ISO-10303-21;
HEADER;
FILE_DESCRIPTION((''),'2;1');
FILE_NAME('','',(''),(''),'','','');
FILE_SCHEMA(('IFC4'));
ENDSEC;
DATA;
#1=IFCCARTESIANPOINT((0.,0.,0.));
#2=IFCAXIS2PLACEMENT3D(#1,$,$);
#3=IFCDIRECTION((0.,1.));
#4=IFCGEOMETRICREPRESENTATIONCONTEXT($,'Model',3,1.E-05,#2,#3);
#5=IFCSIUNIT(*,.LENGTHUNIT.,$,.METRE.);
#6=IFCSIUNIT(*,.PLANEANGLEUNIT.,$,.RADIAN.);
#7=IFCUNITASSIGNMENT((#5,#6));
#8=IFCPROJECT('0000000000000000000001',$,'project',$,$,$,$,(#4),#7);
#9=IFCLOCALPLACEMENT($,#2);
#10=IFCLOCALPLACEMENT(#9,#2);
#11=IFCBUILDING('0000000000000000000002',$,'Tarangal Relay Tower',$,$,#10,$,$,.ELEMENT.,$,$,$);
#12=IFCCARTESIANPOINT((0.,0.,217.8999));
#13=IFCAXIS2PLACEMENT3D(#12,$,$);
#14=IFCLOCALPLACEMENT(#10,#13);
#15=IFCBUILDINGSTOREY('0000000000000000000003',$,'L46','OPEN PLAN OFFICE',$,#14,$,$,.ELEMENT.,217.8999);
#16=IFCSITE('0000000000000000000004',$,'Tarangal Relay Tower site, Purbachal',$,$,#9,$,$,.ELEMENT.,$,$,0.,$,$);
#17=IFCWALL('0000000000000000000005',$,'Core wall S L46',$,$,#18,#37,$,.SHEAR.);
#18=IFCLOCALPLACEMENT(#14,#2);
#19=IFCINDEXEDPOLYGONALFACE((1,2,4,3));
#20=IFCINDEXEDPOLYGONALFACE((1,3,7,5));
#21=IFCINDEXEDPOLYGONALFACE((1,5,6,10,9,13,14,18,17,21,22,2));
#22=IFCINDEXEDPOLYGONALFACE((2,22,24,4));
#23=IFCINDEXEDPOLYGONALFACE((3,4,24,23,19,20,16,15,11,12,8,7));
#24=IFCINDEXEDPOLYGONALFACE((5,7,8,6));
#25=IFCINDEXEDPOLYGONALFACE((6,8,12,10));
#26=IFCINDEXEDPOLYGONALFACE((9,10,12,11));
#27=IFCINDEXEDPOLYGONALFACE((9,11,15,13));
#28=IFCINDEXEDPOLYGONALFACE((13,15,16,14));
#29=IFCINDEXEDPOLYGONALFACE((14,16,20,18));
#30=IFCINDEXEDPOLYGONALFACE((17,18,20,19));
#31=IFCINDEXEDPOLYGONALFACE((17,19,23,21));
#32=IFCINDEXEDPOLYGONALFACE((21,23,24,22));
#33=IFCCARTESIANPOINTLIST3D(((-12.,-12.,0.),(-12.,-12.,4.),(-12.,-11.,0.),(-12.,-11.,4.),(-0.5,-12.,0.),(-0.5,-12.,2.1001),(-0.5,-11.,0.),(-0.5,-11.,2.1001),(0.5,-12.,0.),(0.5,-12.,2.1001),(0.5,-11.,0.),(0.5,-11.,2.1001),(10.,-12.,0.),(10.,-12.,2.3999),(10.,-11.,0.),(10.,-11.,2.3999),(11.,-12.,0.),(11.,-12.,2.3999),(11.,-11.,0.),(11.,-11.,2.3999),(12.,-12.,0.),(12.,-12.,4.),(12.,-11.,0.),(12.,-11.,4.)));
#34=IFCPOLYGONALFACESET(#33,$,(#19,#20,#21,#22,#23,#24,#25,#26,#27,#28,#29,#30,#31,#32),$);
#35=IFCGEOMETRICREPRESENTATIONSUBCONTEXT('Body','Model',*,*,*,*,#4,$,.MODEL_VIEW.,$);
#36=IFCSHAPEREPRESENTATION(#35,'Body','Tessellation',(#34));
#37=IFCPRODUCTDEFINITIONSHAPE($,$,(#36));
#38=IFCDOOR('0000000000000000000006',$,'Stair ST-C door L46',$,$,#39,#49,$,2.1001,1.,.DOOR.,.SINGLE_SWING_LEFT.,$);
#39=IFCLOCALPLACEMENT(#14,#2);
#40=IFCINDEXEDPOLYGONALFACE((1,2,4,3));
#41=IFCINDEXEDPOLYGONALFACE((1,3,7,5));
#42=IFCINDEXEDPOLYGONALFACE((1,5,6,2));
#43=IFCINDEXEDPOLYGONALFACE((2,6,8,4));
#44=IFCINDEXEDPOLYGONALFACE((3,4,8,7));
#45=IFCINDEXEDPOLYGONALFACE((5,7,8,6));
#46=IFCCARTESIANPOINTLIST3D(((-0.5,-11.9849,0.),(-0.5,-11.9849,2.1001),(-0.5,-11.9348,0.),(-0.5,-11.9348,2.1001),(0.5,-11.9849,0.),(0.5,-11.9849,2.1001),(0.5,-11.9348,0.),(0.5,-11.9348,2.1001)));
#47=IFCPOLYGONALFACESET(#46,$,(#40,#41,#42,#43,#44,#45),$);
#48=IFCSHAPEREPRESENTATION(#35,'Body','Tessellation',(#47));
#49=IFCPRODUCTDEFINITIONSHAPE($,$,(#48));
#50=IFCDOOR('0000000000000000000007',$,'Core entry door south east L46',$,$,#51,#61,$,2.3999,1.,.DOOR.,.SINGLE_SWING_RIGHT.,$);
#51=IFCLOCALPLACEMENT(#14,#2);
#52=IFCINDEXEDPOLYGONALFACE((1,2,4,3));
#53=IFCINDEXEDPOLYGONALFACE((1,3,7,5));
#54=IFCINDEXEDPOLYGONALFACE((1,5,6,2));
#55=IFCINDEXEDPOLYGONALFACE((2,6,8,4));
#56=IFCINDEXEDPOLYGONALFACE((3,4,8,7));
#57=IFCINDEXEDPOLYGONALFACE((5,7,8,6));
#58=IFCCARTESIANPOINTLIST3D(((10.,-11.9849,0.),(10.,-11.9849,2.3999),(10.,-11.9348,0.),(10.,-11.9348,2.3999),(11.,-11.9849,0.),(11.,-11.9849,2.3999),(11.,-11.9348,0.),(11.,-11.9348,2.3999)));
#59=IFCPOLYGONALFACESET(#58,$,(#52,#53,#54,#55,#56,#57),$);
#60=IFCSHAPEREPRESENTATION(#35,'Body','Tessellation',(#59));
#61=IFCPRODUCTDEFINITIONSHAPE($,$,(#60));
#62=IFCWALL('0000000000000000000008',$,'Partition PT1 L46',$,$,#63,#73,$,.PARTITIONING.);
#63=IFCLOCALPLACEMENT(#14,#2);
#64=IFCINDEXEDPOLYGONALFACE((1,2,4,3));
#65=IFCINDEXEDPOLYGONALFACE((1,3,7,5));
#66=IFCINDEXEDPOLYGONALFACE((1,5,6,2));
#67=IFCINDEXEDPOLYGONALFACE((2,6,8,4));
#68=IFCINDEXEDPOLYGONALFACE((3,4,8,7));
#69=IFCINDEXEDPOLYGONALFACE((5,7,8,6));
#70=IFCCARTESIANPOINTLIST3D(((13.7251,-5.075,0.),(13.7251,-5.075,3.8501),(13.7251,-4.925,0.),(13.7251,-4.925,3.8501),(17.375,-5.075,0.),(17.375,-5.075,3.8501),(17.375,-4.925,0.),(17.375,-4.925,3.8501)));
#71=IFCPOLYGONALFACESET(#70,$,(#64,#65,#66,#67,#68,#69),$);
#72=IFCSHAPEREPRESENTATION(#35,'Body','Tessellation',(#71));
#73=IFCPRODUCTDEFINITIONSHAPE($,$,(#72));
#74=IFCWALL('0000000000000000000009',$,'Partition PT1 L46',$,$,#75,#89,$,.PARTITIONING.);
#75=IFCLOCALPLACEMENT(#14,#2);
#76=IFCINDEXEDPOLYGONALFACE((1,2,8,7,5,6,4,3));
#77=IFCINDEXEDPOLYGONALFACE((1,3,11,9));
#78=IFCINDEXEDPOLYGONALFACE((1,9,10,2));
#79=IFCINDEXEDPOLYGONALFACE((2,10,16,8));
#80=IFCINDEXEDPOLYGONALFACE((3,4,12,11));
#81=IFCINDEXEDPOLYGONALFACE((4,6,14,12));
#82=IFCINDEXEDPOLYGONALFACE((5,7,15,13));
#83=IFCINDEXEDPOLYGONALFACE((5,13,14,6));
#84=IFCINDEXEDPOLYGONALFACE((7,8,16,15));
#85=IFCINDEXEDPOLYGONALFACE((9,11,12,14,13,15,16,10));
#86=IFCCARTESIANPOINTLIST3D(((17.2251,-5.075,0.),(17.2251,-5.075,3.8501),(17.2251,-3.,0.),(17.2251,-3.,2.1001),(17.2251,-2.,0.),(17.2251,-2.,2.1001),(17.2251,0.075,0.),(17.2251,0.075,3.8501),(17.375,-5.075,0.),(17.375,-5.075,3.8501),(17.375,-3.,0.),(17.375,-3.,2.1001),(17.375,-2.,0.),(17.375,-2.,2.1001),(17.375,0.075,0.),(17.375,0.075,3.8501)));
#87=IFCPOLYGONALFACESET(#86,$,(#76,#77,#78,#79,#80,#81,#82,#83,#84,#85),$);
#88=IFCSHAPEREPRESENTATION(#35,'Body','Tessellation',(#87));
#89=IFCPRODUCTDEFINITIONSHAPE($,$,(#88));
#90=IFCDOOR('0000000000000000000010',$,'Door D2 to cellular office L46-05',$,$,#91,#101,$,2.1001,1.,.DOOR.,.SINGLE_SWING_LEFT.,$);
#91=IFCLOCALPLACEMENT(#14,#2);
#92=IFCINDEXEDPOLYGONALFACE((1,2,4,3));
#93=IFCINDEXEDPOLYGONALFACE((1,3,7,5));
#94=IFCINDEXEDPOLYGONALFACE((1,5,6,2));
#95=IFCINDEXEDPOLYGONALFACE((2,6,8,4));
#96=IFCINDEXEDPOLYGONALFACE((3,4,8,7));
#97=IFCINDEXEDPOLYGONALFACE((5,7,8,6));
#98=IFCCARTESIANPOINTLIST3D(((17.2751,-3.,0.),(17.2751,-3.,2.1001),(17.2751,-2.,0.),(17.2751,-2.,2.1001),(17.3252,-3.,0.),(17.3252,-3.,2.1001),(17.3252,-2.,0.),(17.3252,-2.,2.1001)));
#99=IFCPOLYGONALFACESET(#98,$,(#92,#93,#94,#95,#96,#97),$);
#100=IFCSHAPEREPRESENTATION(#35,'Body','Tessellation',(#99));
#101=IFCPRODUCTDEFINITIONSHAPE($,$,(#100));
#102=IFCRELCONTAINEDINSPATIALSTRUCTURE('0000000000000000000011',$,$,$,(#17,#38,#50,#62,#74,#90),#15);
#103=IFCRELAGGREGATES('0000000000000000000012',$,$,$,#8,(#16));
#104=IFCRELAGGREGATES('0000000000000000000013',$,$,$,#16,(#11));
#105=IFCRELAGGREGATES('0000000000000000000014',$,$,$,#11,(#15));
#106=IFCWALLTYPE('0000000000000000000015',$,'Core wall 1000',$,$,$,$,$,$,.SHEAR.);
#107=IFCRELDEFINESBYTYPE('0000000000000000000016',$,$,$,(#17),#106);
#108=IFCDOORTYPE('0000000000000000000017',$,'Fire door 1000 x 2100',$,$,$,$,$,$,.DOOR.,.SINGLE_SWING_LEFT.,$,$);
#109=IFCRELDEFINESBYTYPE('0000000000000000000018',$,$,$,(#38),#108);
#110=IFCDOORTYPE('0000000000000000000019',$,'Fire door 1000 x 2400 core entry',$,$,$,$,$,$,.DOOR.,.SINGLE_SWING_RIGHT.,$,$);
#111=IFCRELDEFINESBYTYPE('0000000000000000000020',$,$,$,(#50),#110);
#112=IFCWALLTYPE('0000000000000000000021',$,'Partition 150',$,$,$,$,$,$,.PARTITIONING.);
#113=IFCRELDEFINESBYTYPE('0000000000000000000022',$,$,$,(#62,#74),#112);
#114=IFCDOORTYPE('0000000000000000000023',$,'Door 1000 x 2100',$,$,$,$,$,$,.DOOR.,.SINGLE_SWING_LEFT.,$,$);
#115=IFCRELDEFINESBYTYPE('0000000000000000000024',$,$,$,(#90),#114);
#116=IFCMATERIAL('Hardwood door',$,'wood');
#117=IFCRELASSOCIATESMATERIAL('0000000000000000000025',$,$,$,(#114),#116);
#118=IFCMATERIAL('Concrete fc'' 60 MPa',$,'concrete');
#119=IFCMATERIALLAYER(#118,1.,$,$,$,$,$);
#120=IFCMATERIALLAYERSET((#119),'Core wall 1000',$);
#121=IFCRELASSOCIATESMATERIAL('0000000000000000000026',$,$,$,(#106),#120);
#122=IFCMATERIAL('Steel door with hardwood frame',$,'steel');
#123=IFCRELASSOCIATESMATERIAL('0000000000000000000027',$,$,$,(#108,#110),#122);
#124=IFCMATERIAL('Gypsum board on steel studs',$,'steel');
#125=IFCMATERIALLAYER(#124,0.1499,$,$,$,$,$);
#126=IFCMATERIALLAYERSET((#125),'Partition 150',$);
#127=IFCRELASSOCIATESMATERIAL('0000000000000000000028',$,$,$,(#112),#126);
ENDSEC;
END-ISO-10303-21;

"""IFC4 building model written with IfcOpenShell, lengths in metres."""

from ifc_helpers import new_model, si_unit, direction, frame, frame_2d, origin, place, context, subcontext, project, spatial, rectangle, extrude, material, layer, layer_set, type_object, element, fill, save


model = new_model("IFC4")

# Units and contexts
model_context = context("Model", 3, precision=1e-05, world=origin(), true_north=direction((0.0, 1.0)))
body_context = subcontext(model_context, "Body", "Model", "MODEL_VIEW")
ifc_project = project(units=[si_unit("LENGTHUNIT", "METRE"), si_unit("PLANEANGLEUNIT", "RADIAN")], contexts=[model_context])

# Site, building, storey
site_placement = place(None, origin())
site = spatial("IfcSite", under=ifc_project, at=site_placement, Name="Tarangal Relay Tower site, Purbachal", CompositionType="ELEMENT", RefElevation=0.0)
building_placement = place(site_placement, origin())
building = spatial("IfcBuilding", under=site, at=building_placement, Name="Tarangal Relay Tower", CompositionType="ELEMENT")
storey_placement = place(building_placement, frame((0.0, 0.0, 217.8999)))
storey = spatial("IfcBuildingStorey", under=building, at=storey_placement, Name="L46", Description="OPEN PLAN OFFICE", CompositionType="ELEMENT", Elevation=217.8999)

# Shared definitions
ifc_material_1 = material(Name="Hardwood door", Category="wood")
door_type_1 = type_object("IfcDoorType", Name="Door 1000 x 2100", OperationType="SINGLE_SWING_LEFT", PredefinedType="DOOR", material=ifc_material_1)

# Wall, openings, doors
ifc_material_2 = material(Name="Concrete fc' 60 MPa", Category="concrete")
ifc_layer_1 = layer(ifc_material_2, 1.0)
ifc_layer_set_1 = layer_set([ifc_layer_1], Name="Core wall 1000")
wall_type_1 = type_object("IfcWallType", Name="Core wall 1000", PredefinedType="SHEAR", material=ifc_layer_set_1)
wall_1_placement = place(storey_placement, frame((12.0, -11.5, 0.0), z_axis=(0.0, 0.0, 1.0), x_axis=(-1.0, 0.0, 0.0)))
wall_1 = element("IfcWall", 1, at=wall_1_placement, inside=storey, type_object=wall_type_1, Name="Core wall S L46", PredefinedType="SHEAR", context=body_context, shape_type="SweptSolid", body=[
    extrude(rectangle(XDim=24.0, YDim=1.0, at=frame_2d((12.0, 0.0))), origin(), (0.0, 0.0, 1.0), 4.0),
])
opening_1_placement = place(wall_1_placement, frame((11.5, 0.0, 0.0)))
opening_1 = element("IfcOpeningElement", 2, at=opening_1_placement, cuts=wall_1, PredefinedType="OPENING", context=body_context, shape_type="SweptSolid", body=[
    extrude(rectangle(XDim=1.0, YDim=2.1001, at=frame_2d((0.5, 1.05))), frame((0.0, 0.51, 0.0), z_axis=(0.0, -1.0, 0.0), x_axis=(1.0, 0.0, 0.0)), (0.0, 0.0, 1.0), 1.02),
])
opening_2_placement = place(wall_1_placement, frame((1.0, 0.0, 0.0)))
opening_2 = element("IfcOpeningElement", 3, at=opening_2_placement, cuts=wall_1, PredefinedType="OPENING", context=body_context, shape_type="SweptSolid", body=[
    extrude(rectangle(XDim=1.0, YDim=2.3999, at=frame_2d((0.5, 1.2))), frame((0.0, 0.51, 0.0), z_axis=(0.0, -1.0, 0.0), x_axis=(1.0, 0.0, 0.0)), (0.0, 0.0, 1.0), 1.02),
])
ifc_material_3 = material(Name="Steel door with hardwood frame", Category="steel")
door_type_2 = type_object("IfcDoorType", Name="Fire door 1000 x 2100", OperationType="SINGLE_SWING_LEFT", PredefinedType="DOOR", material=ifc_material_3)
door_1_placement = place(opening_1_placement, origin())
door_1 = element("IfcDoor", 4, at=door_1_placement, inside=storey, type_object=door_type_2, Name="Stair ST-C door L46", OperationType="SINGLE_SWING_LEFT", OverallHeight=2.1001, OverallWidth=1.0, PredefinedType="DOOR", context=body_context, shape_type="SweptSolid", body=[
    extrude(rectangle(XDim=1.0, YDim=2.1001, at=frame_2d((0.5, 1.05))), frame((0.0, 0.4849, 0.0), z_axis=(0.0, -1.0, 0.0), x_axis=(1.0, 0.0, 0.0)), (0.0, 0.0, 1.0), 0.05),
])
fill(opening_1, door_1)
door_type_3 = type_object("IfcDoorType", Name="Fire door 1000 x 2400 core entry", OperationType="SINGLE_SWING_RIGHT", PredefinedType="DOOR", material=ifc_material_3)
door_2_placement = place(opening_2_placement, origin())
door_2 = element("IfcDoor", 5, at=door_2_placement, inside=storey, type_object=door_type_3, Name="Core entry door south east L46", OperationType="SINGLE_SWING_RIGHT", OverallHeight=2.3999, OverallWidth=1.0, PredefinedType="DOOR", context=body_context, shape_type="SweptSolid", body=[
    extrude(rectangle(XDim=1.0, YDim=2.3999, at=frame_2d((0.5, 1.2))), frame((0.0, 0.4849, 0.0), z_axis=(0.0, -1.0, 0.0), x_axis=(1.0, 0.0, 0.0)), (0.0, 0.0, 1.0), 0.05),
])
fill(opening_2, door_2)

# Wall
ifc_material_4 = material(Name="Gypsum board on steel studs", Category="steel")
ifc_layer_2 = layer(ifc_material_4, 0.1499)
ifc_layer_set_2 = layer_set([ifc_layer_2], Name="Partition 150")
wall_type_2 = type_object("IfcWallType", Name="Partition 150", PredefinedType="PARTITIONING", material=ifc_layer_set_2)
wall_2_placement = place(storey_placement, frame((13.7251, -5.0, 0.0), z_axis=(0.0, 0.0, 1.0), x_axis=(1.0, 0.0, 0.0)))
element("IfcWall", 6, at=wall_2_placement, inside=storey, type_object=wall_type_2, Name="Partition PT1 L46", PredefinedType="PARTITIONING", context=body_context, shape_type="SweptSolid", body=[
    extrude(rectangle(XDim=3.6499, YDim=0.1499, at=frame_2d((1.825, 0.0))), origin(), (0.0, 0.0, 1.0), 3.8501),
])

# Wall, opening, door
wall_3_placement = place(storey_placement, frame((17.3, -5.075, 0.0), z_axis=(0.0, 0.0, 1.0), x_axis=(0.0, 1.0, 0.0)))
wall_3 = element("IfcWall", 7, at=wall_3_placement, inside=storey, type_object=wall_type_2, Name="Partition PT1 L46", PredefinedType="PARTITIONING", context=body_context, shape_type="SweptSolid", body=[
    extrude(rectangle(XDim=5.1499, YDim=0.1499, at=frame_2d((2.575, 0.0))), origin(), (0.0, 0.0, 1.0), 3.8501),
])
opening_3_placement = place(wall_3_placement, frame((2.075, 0.0, 0.0)))
opening_3 = element("IfcOpeningElement", 8, at=opening_3_placement, cuts=wall_3, PredefinedType="OPENING", context=body_context, shape_type="SweptSolid", body=[
    extrude(rectangle(XDim=1.0, YDim=2.1001, at=frame_2d((0.5, 1.05))), frame((0.0, 0.085, 0.0), z_axis=(0.0, -1.0, 0.0), x_axis=(1.0, 0.0, 0.0)), (0.0, 0.0, 1.0), 0.1699),
])
door_3_placement = place(opening_3_placement, origin())
door_3 = element("IfcDoor", 9, at=door_3_placement, inside=storey, type_object=door_type_1, Name="Door D2 to cellular office L46-05", OperationType="SINGLE_SWING_LEFT", OverallHeight=2.1001, OverallWidth=1.0, PredefinedType="DOOR", context=body_context, shape_type="SweptSolid", body=[
    extrude(rectangle(XDim=1.0, YDim=2.1001, at=frame_2d((0.5, 1.05))), frame((0.0, 0.0249, 0.0), z_axis=(0.0, -1.0, 0.0), x_axis=(1.0, 0.0, 0.0)), (0.0, 0.0, 1.0), 0.05),
])
fill(opening_3, door_3)

save(model, "model.ifc")
